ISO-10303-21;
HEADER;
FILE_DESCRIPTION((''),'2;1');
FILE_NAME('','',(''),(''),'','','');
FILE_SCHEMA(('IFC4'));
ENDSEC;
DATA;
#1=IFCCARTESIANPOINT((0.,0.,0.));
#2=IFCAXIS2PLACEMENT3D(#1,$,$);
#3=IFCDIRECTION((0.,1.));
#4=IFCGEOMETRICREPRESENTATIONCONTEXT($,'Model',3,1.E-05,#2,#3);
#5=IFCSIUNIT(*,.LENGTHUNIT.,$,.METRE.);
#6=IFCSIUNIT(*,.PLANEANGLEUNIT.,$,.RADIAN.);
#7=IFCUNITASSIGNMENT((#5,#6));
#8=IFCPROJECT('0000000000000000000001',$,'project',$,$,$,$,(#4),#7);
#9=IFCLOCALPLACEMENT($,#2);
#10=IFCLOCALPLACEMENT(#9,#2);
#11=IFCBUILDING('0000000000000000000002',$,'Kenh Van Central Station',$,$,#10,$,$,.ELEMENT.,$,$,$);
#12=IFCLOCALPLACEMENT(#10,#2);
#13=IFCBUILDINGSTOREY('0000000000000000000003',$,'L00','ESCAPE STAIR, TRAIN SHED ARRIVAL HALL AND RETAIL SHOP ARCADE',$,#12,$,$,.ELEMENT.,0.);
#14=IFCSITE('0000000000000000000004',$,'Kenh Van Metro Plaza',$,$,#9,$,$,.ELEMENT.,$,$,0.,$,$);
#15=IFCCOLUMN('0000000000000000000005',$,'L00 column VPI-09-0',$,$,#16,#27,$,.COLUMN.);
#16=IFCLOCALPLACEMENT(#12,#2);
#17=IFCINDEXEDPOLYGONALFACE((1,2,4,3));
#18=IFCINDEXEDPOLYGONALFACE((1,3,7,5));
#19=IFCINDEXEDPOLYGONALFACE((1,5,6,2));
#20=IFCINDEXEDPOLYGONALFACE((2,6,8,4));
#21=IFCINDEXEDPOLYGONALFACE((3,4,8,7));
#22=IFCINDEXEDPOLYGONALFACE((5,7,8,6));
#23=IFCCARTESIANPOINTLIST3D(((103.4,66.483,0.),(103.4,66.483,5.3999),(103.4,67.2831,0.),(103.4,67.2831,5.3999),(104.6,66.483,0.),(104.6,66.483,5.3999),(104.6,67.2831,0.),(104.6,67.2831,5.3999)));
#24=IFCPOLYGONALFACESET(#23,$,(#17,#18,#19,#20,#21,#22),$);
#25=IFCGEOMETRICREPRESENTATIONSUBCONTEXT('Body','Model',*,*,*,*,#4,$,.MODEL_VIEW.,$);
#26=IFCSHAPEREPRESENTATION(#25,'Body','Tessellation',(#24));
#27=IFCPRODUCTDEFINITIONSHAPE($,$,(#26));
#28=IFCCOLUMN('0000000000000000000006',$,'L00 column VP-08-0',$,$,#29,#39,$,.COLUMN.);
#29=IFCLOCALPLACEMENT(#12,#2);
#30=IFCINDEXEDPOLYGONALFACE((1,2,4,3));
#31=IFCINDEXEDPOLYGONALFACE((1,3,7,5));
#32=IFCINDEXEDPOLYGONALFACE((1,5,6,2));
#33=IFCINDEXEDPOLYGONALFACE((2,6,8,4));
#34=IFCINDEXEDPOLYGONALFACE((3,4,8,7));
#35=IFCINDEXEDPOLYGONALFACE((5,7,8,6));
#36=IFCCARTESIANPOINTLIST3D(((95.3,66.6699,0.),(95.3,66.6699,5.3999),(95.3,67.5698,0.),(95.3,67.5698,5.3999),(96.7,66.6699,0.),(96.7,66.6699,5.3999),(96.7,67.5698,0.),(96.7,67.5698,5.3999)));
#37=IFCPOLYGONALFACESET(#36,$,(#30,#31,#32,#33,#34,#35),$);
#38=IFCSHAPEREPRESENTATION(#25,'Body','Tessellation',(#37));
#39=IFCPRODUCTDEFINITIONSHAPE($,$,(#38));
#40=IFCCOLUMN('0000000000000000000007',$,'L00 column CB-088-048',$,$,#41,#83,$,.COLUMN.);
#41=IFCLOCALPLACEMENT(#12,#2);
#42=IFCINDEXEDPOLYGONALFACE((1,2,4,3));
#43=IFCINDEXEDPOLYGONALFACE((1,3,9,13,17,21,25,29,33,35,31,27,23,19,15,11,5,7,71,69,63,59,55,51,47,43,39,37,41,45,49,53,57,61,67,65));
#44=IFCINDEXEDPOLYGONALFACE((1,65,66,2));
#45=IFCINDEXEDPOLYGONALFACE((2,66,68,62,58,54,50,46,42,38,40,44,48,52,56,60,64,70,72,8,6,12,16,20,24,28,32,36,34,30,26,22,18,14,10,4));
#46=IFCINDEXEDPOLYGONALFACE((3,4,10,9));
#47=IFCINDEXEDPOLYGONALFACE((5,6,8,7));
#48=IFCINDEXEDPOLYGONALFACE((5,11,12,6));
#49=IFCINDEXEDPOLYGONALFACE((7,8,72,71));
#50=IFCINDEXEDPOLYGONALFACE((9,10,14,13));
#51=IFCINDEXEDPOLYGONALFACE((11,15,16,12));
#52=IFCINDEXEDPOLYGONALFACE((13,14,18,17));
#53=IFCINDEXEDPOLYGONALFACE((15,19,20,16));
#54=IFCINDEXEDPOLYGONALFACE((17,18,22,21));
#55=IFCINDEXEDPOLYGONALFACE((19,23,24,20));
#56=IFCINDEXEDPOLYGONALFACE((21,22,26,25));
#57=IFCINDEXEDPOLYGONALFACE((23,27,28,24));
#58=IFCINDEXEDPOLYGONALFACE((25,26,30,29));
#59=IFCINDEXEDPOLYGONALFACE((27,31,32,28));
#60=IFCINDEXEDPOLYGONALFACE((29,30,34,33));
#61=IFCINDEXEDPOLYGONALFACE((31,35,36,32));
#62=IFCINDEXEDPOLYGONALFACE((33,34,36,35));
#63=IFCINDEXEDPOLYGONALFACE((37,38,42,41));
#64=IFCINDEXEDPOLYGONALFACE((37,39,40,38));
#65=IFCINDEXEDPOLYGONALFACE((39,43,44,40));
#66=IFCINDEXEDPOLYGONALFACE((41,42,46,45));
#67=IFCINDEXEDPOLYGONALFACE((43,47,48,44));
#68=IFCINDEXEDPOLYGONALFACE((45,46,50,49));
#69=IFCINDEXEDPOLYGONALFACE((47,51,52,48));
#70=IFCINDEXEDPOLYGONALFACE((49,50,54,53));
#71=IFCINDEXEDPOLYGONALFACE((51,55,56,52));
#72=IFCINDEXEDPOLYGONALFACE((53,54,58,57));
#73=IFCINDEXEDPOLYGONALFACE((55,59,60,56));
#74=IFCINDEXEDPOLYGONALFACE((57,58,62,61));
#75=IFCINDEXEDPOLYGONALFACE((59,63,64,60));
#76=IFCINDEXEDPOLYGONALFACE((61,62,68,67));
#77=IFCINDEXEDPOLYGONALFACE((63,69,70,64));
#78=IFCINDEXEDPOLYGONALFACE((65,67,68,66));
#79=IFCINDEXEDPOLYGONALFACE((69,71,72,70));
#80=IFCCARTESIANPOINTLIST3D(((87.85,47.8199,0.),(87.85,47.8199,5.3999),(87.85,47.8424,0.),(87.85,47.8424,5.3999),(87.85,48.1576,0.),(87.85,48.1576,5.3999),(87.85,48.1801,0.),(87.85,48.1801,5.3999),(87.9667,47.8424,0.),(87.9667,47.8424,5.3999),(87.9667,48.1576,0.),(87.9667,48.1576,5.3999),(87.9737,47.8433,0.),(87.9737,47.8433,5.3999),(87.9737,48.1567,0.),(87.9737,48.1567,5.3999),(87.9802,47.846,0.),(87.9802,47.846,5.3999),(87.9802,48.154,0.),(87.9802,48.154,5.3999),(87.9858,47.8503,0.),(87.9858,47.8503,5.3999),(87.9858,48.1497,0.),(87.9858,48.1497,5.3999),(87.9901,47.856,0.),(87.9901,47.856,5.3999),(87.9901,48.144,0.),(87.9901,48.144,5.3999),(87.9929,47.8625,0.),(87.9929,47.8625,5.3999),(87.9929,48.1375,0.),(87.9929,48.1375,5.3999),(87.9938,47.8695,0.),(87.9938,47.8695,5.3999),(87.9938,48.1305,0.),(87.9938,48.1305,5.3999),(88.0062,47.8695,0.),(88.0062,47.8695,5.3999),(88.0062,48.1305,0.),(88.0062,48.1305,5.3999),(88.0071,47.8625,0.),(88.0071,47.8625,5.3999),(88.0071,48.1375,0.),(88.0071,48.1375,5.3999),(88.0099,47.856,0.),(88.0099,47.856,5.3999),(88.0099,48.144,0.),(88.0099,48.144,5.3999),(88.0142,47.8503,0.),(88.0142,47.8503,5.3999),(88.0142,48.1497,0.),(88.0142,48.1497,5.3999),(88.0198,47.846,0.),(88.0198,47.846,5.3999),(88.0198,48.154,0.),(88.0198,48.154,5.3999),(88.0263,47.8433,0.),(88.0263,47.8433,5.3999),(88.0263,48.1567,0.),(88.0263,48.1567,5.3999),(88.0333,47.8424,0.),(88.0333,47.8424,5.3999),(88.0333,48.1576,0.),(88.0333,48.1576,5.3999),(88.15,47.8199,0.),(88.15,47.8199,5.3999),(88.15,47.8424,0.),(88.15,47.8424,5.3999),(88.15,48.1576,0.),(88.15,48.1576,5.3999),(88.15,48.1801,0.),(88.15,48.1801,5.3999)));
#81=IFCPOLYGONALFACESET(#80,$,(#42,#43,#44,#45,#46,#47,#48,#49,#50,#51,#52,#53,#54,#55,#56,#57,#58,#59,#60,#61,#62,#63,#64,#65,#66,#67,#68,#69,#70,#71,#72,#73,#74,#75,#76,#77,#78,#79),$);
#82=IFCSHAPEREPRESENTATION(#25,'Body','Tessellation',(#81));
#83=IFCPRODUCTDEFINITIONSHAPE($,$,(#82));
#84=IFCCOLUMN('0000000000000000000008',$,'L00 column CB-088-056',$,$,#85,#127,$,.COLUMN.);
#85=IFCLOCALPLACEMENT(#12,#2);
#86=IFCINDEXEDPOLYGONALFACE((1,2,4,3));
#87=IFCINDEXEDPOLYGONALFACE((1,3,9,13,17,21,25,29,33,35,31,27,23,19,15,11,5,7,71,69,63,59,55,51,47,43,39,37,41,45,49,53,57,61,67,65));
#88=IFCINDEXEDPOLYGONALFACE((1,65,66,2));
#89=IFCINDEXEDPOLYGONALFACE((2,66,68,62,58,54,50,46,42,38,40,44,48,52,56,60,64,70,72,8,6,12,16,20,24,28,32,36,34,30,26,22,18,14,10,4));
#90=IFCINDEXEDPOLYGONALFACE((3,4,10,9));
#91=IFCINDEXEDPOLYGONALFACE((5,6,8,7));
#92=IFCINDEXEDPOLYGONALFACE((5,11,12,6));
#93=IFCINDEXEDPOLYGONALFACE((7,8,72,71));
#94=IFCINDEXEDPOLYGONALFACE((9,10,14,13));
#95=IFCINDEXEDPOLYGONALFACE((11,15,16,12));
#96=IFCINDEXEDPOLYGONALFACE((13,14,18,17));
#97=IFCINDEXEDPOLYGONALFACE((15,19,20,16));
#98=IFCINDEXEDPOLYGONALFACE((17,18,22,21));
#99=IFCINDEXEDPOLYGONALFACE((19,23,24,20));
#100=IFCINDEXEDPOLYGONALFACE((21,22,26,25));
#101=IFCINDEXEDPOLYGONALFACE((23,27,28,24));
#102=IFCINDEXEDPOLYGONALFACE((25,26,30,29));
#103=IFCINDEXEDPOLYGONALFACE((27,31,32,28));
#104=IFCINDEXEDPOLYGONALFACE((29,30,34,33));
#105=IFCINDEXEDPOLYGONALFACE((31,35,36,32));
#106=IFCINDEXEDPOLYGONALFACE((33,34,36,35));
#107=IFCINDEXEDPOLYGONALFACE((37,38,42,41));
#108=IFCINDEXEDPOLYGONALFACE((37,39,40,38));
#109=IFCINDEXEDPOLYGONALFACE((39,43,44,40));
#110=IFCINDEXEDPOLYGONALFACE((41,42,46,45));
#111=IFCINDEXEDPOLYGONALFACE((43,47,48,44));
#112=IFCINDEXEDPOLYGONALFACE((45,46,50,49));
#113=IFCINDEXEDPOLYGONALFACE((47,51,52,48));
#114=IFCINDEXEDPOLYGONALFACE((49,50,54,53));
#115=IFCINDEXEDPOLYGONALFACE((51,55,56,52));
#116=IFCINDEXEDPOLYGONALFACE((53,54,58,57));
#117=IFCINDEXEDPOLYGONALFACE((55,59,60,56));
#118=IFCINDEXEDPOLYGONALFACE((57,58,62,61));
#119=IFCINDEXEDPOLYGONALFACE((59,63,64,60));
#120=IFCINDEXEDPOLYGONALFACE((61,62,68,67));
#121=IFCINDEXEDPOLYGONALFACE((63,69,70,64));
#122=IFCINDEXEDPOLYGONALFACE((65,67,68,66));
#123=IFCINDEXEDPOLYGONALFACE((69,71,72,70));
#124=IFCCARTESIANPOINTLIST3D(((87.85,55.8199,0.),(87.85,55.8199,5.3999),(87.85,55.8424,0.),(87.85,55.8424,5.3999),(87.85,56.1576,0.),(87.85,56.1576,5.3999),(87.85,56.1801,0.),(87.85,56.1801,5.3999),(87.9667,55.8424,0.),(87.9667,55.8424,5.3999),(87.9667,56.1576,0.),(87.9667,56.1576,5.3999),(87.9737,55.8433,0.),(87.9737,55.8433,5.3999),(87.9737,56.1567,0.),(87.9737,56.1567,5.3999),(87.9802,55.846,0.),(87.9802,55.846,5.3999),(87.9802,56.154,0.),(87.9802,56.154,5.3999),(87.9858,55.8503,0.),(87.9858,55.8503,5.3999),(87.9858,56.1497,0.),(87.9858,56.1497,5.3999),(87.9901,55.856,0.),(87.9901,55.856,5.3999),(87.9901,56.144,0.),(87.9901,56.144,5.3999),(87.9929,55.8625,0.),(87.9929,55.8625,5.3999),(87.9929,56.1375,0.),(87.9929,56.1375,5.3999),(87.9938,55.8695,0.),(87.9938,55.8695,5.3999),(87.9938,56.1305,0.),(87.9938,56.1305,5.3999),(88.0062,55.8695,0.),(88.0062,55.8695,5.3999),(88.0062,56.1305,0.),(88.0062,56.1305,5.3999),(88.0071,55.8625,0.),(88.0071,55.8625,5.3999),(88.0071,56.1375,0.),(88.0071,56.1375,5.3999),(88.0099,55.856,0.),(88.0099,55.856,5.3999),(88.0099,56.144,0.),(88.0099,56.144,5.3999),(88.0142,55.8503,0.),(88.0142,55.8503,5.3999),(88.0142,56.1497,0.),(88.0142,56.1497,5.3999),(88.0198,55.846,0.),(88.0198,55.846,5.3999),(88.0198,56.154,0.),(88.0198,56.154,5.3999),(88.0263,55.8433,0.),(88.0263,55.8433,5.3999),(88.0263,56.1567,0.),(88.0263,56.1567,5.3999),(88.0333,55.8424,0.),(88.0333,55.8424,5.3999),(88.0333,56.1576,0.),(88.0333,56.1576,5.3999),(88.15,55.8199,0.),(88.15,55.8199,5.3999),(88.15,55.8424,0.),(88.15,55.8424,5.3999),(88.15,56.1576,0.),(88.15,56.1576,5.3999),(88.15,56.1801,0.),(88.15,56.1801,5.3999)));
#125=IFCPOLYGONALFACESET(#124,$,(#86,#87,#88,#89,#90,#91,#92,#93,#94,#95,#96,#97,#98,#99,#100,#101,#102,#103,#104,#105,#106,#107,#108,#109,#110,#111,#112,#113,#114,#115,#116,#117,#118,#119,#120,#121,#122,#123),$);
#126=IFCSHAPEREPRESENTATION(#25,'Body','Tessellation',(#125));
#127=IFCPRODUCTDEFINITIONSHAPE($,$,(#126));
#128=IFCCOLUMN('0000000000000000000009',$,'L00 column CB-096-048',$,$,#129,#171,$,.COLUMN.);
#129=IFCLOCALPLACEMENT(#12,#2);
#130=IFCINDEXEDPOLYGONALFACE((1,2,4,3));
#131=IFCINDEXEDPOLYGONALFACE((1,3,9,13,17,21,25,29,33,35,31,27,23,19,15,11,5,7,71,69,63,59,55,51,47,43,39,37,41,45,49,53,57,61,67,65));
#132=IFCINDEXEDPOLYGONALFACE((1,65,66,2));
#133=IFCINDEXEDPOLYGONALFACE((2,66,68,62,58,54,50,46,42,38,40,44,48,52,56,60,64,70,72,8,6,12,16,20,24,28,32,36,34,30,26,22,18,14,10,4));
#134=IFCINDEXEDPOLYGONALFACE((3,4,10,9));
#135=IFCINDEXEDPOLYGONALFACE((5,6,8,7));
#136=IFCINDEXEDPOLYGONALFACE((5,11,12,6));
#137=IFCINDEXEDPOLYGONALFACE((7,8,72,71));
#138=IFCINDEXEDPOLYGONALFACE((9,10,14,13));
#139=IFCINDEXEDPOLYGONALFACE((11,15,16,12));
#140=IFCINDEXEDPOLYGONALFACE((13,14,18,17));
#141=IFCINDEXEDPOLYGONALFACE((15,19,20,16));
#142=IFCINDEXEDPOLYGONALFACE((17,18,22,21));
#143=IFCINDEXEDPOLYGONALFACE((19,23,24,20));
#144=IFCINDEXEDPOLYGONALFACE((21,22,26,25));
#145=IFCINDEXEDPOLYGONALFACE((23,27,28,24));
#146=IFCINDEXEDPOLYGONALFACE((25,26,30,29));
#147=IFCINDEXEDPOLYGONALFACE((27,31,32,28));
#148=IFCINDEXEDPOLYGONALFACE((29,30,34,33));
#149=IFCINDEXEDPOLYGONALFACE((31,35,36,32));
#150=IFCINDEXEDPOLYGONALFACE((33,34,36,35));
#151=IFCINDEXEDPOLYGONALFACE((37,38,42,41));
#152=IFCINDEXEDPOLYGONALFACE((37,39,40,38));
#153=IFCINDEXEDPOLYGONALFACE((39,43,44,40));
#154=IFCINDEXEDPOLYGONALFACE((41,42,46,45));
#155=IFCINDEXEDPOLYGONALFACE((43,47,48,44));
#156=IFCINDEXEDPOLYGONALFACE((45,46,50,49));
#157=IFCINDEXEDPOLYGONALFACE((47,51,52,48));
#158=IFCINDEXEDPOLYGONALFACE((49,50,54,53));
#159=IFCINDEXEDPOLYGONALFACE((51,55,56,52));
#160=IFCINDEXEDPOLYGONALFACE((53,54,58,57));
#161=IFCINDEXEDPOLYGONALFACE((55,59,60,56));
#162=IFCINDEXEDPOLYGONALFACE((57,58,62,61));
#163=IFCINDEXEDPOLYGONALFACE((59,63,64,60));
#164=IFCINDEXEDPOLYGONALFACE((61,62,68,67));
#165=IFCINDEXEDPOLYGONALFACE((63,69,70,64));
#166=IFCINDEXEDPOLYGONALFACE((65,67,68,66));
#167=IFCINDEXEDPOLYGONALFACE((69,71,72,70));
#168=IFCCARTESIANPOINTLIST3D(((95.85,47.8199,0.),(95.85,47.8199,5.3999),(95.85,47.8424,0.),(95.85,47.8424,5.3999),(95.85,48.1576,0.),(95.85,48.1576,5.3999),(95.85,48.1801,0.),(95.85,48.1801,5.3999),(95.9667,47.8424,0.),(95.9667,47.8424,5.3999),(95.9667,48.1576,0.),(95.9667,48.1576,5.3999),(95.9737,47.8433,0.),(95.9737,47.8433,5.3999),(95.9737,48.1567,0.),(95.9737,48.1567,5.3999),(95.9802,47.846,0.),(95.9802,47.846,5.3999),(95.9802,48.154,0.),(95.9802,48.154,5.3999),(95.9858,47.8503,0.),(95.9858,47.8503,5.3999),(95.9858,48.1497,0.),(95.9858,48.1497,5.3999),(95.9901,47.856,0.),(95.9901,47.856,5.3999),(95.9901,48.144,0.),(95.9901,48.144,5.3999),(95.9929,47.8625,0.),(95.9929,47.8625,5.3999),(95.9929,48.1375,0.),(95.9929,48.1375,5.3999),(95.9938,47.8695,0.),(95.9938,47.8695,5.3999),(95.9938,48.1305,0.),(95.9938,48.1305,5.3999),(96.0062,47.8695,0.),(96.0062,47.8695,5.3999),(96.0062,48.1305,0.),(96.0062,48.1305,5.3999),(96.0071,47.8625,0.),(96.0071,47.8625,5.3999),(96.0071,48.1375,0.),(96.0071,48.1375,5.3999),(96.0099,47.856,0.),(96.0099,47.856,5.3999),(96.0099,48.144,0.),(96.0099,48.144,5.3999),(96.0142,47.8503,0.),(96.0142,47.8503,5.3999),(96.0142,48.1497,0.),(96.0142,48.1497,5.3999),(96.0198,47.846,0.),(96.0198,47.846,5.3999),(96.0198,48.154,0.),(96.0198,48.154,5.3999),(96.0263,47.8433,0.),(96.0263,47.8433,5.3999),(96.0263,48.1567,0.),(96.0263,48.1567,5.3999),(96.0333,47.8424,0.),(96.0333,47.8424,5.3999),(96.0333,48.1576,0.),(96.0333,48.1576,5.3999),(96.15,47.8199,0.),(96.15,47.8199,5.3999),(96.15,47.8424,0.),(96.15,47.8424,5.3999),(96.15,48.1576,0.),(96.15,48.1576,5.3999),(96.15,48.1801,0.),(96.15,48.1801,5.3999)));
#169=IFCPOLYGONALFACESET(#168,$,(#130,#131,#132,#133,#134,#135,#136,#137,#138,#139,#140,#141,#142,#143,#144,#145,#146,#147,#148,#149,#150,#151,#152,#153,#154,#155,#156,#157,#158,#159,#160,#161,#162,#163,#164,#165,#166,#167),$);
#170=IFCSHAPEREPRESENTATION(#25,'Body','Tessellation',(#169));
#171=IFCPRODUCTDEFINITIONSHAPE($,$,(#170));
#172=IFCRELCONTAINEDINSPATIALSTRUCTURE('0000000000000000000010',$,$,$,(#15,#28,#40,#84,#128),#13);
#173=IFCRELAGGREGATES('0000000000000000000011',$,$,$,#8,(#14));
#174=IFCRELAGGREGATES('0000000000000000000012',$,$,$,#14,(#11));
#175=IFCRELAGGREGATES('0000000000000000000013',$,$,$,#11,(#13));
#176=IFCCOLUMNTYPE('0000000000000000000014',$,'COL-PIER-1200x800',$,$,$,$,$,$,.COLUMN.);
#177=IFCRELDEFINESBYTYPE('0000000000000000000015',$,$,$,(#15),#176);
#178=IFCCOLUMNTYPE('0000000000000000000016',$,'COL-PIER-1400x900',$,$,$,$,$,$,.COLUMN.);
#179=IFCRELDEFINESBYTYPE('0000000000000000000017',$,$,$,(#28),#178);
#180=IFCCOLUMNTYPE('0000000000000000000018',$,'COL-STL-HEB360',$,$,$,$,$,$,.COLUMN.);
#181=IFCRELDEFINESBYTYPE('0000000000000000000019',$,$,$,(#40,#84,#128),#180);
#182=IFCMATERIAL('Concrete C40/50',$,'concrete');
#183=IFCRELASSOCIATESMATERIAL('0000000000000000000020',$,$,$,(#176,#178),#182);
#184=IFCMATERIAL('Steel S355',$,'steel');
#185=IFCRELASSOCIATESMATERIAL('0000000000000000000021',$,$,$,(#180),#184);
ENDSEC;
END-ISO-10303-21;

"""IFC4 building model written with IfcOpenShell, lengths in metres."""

from ifc_helpers import new_model, si_unit, direction, frame, origin, origin_2d, place, context, subcontext, project, spatial, rectangle, i_section, extrude, material, material_profile, profile_set, type_object, element, save


model = new_model("IFC4")

# Units and contexts
model_context = context("Model", 3, precision=1e-05, world=origin(), true_north=direction((0.0, 1.0)))
body_context = subcontext(model_context, "Body", "Model", "MODEL_VIEW")
ifc_project = project(units=[si_unit("LENGTHUNIT", "METRE"), si_unit("PLANEANGLEUNIT", "RADIAN")], contexts=[model_context])

# Site, building, storey
site_placement = place(None, origin())
site = spatial("IfcSite", under=ifc_project, at=site_placement, Name="Kenh Van Metro Plaza", CompositionType="ELEMENT", RefElevation=0.0)
building_placement = place(site_placement, origin())
building = spatial("IfcBuilding", under=site, at=building_placement, Name="Kenh Van Central Station", CompositionType="ELEMENT")
storey_placement = place(building_placement, origin())
storey = spatial("IfcBuildingStorey", under=building, at=storey_placement, Name="L00", Description="ESCAPE STAIR, TRAIN SHED ARRIVAL HALL AND RETAIL SHOP ARCADE", CompositionType="ELEMENT", Elevation=0.0)

# Columns
ifc_material_1 = material(Name="Concrete C40/50", Category="concrete")
ifc_material_profile_1 = material_profile(ifc_material_1, rectangle(XDim=1.2, YDim=0.8, at=origin_2d()), Name="RC 1200x800")
ifc_profile_set_1 = profile_set([ifc_material_profile_1], Name="Concrete C40/50")
column_type_1 = type_object("IfcColumnType", Name="COL-PIER-1200x800", PredefinedType="COLUMN", material=ifc_profile_set_1)
column_1_placement = place(storey_placement, frame((104.0, 66.8831, 0.0), z_axis=(0.0, 0.0, 1.0), x_axis=(1.0, 0.0, 0.0)))
element("IfcColumn", 1, at=column_1_placement, inside=storey, type_object=column_type_1, Name="L00 column VPI-09-0", PredefinedType="COLUMN", context=body_context, shape_type="SweptSolid", body=[
    extrude(rectangle(XDim=1.2, YDim=0.8, at=origin_2d()), origin(), (0.0, 0.0, 1.0), 5.3999),
])
ifc_material_profile_2 = material_profile(ifc_material_1, rectangle(XDim=1.3999, YDim=0.8999, at=origin_2d()), Name="RC 1400x900")
ifc_profile_set_2 = profile_set([ifc_material_profile_2], Name="Concrete C40/50")
column_type_2 = type_object("IfcColumnType", Name="COL-PIER-1400x900", PredefinedType="COLUMN", material=ifc_profile_set_2)
column_2_placement = place(storey_placement, frame((96.0, 67.1199, 0.0), z_axis=(0.0, 0.0, 1.0), x_axis=(1.0, 0.0, 0.0)))
element("IfcColumn", 2, at=column_2_placement, inside=storey, type_object=column_type_2, Name="L00 column VP-08-0", PredefinedType="COLUMN", context=body_context, shape_type="SweptSolid", body=[
    extrude(rectangle(XDim=1.3999, YDim=0.8999, at=origin_2d()), origin(), (0.0, 0.0, 1.0), 5.3999),
])
ifc_material_2 = material(Name="Steel S355", Category="steel")
ifc_material_profile_3 = material_profile(ifc_material_2, i_section(OverallWidth=0.3, OverallDepth=0.3601, WebThickness=0.0125, FlangeThickness=0.0225, FilletRadius=0.0271, at=origin_2d()), Name="HEB 360")
ifc_profile_set_3 = profile_set([ifc_material_profile_3], Name="Steel S355")
column_type_3 = type_object("IfcColumnType", Name="COL-STL-HEB360", PredefinedType="COLUMN", material=ifc_profile_set_3)
for number, where, z_axis, x_axis, name in (
    (3, (88.0, 48.0, 0.0), (0.0, 0.0, 1.0), (1.0, 0.0, 0.0), "L00 column CB-088-048"),
    (4, (88.0, 56.0, 0.0), (0.0, 0.0, 1.0), (1.0, 0.0, 0.0), "L00 column CB-088-056"),
    (5, (96.0, 48.0, 0.0), (0.0, 0.0, 1.0), (1.0, 0.0, 0.0), "L00 column CB-096-048"),
):
    element("IfcColumn", number, at=place(storey_placement, frame(where, z_axis=z_axis, x_axis=x_axis)), inside=storey, type_object=column_type_3, Name=name, PredefinedType="COLUMN", context=body_context, shape_type="SweptSolid", body=[
        extrude(i_section(OverallWidth=0.3, OverallDepth=0.3601, WebThickness=0.0125, FlangeThickness=0.0225, FilletRadius=0.0271, at=origin_2d()), origin(), (0.0, 0.0, 1.0), 5.3999),
    ])

save(model, "model.ifc")
